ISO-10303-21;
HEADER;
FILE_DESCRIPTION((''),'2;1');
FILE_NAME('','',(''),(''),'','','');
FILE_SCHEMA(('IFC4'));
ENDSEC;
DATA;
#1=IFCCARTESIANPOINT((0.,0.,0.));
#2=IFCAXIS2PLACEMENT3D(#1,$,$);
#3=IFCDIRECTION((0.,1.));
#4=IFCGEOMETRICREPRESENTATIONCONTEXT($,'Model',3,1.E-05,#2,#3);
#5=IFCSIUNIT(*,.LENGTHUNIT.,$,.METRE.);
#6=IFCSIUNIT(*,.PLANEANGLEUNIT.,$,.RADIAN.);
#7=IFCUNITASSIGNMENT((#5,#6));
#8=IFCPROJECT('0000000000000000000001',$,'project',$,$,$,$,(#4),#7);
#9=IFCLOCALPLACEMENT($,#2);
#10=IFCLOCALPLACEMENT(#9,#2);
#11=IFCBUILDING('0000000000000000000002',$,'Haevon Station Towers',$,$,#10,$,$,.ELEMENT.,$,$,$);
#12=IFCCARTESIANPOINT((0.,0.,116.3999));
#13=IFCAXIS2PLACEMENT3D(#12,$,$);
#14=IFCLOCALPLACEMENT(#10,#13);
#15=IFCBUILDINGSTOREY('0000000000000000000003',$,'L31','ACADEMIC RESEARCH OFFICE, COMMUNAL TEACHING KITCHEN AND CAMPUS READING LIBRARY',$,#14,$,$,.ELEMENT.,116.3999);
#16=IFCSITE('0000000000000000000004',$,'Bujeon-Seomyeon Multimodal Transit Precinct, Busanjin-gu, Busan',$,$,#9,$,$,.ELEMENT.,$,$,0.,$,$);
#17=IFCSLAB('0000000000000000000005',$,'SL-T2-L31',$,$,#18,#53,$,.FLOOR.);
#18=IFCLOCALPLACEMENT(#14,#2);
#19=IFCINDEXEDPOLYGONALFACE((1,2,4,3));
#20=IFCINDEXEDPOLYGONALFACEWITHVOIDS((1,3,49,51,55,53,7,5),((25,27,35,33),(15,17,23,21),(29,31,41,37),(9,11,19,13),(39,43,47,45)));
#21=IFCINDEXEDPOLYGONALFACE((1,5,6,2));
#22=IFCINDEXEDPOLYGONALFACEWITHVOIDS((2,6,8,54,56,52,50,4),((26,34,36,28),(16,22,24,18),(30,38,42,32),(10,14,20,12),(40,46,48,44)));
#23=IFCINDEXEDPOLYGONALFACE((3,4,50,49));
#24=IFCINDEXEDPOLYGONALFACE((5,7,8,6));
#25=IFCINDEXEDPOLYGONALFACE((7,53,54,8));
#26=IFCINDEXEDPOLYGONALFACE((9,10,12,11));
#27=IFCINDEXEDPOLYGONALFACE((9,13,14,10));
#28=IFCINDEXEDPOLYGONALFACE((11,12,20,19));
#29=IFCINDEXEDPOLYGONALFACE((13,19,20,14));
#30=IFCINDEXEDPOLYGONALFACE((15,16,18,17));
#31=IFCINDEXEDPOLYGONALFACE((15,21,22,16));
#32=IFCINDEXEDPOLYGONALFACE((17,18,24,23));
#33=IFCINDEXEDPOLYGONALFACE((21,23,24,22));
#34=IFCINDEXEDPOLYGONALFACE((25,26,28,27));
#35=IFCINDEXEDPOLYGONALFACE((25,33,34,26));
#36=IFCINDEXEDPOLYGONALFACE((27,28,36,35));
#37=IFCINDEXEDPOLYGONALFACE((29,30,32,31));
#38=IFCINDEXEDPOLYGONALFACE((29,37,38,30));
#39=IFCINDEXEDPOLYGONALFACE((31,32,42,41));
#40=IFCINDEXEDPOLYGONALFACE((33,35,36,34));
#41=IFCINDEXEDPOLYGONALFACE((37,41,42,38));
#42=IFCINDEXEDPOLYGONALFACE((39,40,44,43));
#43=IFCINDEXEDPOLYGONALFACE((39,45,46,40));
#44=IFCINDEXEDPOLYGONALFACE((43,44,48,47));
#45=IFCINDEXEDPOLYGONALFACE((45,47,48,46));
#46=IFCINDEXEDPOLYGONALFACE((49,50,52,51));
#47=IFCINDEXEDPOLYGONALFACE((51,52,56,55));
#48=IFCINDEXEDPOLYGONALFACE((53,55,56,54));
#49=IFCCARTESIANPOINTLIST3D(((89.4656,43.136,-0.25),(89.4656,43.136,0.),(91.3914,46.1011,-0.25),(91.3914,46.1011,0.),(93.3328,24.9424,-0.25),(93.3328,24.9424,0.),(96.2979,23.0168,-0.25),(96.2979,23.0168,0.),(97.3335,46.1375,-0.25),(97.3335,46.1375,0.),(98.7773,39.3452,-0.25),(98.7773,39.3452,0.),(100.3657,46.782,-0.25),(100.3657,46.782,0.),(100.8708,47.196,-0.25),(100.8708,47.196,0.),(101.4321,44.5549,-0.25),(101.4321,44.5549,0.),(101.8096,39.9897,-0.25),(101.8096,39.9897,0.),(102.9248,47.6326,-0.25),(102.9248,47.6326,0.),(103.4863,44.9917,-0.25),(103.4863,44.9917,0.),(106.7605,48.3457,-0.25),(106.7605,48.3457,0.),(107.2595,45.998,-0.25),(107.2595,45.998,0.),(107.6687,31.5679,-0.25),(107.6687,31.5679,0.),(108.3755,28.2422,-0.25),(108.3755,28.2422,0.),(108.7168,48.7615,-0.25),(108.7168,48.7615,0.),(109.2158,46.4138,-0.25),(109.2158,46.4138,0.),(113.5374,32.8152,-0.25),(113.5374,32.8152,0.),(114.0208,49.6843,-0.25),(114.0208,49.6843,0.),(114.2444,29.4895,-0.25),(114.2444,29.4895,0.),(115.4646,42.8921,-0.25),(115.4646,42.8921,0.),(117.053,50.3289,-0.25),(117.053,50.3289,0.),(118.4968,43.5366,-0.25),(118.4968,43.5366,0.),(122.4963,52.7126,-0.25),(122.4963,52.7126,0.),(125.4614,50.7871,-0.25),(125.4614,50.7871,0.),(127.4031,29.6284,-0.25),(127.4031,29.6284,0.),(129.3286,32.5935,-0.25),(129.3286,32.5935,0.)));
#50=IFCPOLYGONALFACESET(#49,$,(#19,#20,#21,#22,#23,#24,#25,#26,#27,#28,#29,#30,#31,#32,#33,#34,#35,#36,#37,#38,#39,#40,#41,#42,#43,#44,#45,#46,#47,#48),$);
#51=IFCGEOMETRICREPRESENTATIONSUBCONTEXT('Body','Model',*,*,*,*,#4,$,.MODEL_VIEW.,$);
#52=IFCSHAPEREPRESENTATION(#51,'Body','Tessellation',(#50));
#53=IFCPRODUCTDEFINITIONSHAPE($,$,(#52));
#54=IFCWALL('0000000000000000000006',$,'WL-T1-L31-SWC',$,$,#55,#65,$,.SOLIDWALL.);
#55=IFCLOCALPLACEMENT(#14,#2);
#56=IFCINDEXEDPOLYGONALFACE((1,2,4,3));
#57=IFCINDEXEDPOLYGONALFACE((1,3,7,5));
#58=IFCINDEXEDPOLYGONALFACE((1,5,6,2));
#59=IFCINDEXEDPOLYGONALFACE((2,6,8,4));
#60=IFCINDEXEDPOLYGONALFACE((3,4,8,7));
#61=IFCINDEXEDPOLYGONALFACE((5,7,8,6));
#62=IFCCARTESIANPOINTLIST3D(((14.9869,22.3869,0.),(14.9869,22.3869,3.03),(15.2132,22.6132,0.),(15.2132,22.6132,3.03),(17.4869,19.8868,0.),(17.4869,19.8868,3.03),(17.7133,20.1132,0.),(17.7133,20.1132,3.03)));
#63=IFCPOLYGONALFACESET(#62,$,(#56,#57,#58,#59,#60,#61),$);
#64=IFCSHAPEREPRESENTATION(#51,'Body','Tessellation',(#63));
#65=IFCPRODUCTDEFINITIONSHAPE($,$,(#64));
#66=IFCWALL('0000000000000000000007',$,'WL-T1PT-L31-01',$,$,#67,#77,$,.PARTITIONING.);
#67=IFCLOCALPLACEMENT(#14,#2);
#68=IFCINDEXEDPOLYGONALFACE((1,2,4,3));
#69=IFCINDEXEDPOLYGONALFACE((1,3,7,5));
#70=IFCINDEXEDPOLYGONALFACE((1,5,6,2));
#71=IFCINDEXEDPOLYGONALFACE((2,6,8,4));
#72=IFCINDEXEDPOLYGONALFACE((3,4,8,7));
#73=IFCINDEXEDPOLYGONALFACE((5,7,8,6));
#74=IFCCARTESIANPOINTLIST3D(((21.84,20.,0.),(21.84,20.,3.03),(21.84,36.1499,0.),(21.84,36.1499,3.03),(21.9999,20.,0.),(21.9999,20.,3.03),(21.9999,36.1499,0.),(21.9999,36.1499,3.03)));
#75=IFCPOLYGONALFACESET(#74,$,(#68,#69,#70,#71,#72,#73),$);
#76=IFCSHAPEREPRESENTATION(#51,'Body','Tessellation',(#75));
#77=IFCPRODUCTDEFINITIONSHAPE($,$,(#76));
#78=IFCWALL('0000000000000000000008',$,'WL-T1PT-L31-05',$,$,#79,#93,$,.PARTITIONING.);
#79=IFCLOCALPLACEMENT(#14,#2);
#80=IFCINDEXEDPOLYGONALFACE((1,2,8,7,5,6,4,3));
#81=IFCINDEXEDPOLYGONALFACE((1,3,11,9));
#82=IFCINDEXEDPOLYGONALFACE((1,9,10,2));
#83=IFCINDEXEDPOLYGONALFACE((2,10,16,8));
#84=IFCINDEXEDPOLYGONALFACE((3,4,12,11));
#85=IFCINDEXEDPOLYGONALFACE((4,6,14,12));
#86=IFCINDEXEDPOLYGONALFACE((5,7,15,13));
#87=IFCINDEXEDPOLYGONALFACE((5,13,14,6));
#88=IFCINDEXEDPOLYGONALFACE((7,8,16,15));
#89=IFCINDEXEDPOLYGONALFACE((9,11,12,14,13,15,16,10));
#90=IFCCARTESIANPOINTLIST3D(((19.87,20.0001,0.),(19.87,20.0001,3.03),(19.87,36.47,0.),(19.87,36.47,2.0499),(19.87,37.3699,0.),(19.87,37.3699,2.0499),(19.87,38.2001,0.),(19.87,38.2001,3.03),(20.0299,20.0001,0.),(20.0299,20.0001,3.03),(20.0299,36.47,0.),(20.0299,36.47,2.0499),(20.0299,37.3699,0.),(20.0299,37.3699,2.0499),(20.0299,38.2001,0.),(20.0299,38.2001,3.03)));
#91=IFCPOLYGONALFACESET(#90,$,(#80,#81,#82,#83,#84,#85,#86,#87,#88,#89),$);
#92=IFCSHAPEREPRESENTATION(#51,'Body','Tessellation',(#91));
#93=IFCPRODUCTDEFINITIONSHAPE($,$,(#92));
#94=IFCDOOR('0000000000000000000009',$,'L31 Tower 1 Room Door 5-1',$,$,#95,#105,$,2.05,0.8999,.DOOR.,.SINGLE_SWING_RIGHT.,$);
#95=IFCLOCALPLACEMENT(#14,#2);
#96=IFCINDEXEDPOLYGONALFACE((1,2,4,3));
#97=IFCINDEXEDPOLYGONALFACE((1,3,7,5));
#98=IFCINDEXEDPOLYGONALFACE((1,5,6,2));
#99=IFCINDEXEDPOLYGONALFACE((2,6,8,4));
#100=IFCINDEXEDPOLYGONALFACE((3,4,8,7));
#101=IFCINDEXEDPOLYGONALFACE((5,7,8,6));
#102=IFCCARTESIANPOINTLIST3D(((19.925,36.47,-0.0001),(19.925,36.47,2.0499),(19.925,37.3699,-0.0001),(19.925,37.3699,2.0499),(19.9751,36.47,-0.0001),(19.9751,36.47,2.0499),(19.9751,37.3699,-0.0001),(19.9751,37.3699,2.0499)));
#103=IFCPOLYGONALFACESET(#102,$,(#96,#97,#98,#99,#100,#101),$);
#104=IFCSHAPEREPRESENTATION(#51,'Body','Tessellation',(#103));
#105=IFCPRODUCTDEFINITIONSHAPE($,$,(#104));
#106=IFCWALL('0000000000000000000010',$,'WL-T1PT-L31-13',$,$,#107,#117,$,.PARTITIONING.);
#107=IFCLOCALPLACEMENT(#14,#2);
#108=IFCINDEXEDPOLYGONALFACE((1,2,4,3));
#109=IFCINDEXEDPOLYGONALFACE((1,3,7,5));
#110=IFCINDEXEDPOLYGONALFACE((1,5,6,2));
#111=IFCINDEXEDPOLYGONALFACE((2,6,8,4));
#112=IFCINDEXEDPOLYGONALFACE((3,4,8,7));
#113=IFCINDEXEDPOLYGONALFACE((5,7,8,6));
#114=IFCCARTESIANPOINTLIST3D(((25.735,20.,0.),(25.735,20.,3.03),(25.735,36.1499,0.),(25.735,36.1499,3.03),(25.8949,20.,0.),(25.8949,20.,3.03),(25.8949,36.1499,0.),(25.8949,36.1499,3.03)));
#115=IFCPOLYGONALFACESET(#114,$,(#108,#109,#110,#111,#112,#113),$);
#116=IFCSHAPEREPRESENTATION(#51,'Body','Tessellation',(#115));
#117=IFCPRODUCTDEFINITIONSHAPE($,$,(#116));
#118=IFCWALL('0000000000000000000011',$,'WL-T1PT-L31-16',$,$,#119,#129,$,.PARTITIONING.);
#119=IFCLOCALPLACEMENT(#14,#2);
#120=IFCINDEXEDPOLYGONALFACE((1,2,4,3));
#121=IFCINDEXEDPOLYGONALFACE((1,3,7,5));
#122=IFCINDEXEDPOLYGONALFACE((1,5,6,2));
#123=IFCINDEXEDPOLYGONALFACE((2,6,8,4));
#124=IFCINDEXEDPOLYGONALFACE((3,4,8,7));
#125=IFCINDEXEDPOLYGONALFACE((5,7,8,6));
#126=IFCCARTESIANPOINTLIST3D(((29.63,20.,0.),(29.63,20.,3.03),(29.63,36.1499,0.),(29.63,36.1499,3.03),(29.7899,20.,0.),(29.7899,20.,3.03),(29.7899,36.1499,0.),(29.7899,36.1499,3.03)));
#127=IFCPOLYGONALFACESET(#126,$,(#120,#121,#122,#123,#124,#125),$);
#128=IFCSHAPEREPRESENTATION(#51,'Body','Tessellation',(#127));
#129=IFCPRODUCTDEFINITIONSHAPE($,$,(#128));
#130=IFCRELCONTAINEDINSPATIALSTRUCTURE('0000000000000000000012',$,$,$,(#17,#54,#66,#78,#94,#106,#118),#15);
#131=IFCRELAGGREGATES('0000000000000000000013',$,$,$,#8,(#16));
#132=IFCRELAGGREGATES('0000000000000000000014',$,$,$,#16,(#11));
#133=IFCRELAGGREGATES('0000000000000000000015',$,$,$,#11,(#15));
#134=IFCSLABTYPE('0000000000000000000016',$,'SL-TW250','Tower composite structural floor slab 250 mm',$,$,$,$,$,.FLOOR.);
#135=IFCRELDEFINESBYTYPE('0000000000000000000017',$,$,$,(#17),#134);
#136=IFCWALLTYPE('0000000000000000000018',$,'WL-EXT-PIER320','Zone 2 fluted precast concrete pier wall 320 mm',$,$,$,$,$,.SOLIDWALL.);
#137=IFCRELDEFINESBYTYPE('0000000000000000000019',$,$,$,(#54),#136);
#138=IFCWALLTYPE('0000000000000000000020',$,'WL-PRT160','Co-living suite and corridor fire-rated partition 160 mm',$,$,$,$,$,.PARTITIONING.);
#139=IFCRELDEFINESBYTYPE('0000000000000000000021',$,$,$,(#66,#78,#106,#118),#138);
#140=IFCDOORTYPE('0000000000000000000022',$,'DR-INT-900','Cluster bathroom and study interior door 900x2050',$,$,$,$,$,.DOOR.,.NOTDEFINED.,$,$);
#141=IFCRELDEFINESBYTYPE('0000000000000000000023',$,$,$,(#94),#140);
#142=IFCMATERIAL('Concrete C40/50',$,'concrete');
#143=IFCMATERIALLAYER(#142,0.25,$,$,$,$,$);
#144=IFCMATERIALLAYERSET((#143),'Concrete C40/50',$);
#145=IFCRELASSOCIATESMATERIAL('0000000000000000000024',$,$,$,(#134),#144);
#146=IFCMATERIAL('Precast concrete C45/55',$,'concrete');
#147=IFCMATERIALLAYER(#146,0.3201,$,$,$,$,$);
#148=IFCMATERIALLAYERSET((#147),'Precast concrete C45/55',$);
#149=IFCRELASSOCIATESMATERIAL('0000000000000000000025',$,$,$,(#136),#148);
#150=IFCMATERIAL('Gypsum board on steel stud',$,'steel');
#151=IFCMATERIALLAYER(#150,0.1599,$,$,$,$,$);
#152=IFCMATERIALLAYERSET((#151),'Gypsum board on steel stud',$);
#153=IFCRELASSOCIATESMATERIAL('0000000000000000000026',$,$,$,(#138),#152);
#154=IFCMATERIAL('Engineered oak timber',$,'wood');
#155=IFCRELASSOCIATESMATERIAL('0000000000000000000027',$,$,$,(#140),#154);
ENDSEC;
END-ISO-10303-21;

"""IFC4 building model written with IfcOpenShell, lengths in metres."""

from ifc_helpers import new_model, si_unit, direction, frame, frame_2d, origin, place, context, subcontext, project, spatial, polyline, rectangle, outline, extrude, material, layer, layer_set, type_object, element, fill, save


model = new_model("IFC4")

# Units and contexts
model_context = context("Model", 3, precision=1e-05, world=origin(), true_north=direction((0.0, 1.0)))
body_context = subcontext(model_context, "Body", "Model", "MODEL_VIEW")
ifc_project = project(units=[si_unit("LENGTHUNIT", "METRE"), si_unit("PLANEANGLEUNIT", "RADIAN")], contexts=[model_context])

# Site, building, storey
site_placement = place(None, origin())
site = spatial("IfcSite", under=ifc_project, at=site_placement, Name="Bujeon-Seomyeon Multimodal Transit Precinct, Busanjin-gu, Busan", CompositionType="ELEMENT", RefElevation=0.0)
building_placement = place(site_placement, origin())
building = spatial("IfcBuilding", under=site, at=building_placement, Name="Haevon Station Towers", CompositionType="ELEMENT")
storey_placement = place(building_placement, frame((0.0, 0.0, 116.3999)))
storey = spatial("IfcBuildingStorey", under=building, at=storey_placement, Name="L31", Description="ACADEMIC RESEARCH OFFICE, COMMUNAL TEACHING KITCHEN AND CAMPUS READING LIBRARY", CompositionType="ELEMENT", Elevation=116.3999)

# Shared definitions
ifc_material_1 = material(Name="Concrete C40/50", Category="concrete")

# Slab
ifc_layer_1 = layer(ifc_material_1, 0.25)
ifc_layer_set_1 = layer_set([ifc_layer_1], Name="Concrete C40/50")
slab_type_1 = type_object("IfcSlabType", Name="SL-TW250", Description="Tower composite structural floor slab 250 mm", PredefinedType="FLOOR", material=ifc_layer_set_1)
slab_1_placement = place(storey_placement, frame((0.0, 0.0, -0.25)))
element("IfcSlab", 1, at=slab_1_placement, inside=storey, type_object=slab_type_1, Name="SL-T2-L31", PredefinedType="FLOOR", context=body_context, shape_type="SweptSolid", body=[
    extrude(outline(polyline([(96.2979, 23.0168), (127.4031, 29.6284), (129.3286, 32.5935), (125.4614, 50.7871), (122.4963, 52.7126), (91.3914, 46.1011), (89.4656, 43.136), (93.3328, 24.9424), (96.2979, 23.0168)]), holes=[polyline([(101.8096, 39.9897), (100.3657, 46.782), (97.3335, 46.1375), (98.7773, 39.3452), (101.8096, 39.9897)]), polyline([(118.4968, 43.5366), (117.053, 50.3289), (114.0208, 49.6843), (115.4646, 42.8921), (118.4968, 43.5366)]), polyline([(101.4321, 44.5549), (103.4863, 44.9917), (102.9248, 47.6326), (100.8708, 47.196), (101.4321, 44.5549)]), polyline([(107.2595, 45.998), (109.2158, 46.4138), (108.7168, 48.7615), (106.7605, 48.3457), (107.2595, 45.998)]), polyline([(108.3755, 28.2422), (114.2444, 29.4895), (113.5374, 32.8152), (107.6687, 31.5679), (108.3755, 28.2422)])]), origin(), (0.0, 0.0, 1.0), 0.25),
])

# Walls
ifc_material_2 = material(Name="Precast concrete C45/55", Category="concrete")
ifc_layer_2 = layer(ifc_material_2, 0.3201)
ifc_layer_set_2 = layer_set([ifc_layer_2], Name="Precast concrete C45/55")
wall_type_1 = type_object("IfcWallType", Name="WL-EXT-PIER320", Description="Zone 2 fluted precast concrete pier wall 320 mm", PredefinedType="SOLIDWALL", material=ifc_layer_set_2)
wall_1_placement = place(storey_placement, frame((17.6001, 20.0, 0.0), z_axis=(0.0, 0.0, 1.0), x_axis=(-0.707107, 0.707107, 0.0)))
element("IfcWall", 2, at=wall_1_placement, inside=storey, type_object=wall_type_1, Name="WL-T1-L31-SWC", PredefinedType="SOLIDWALL", context=body_context, shape_type="SweptSolid", body=[
    extrude(rectangle(XDim=3.5356, YDim=0.3201, at=frame_2d((1.7678, 0.0))), origin(), (0.0, 0.0, 1.0), 3.03),
])
ifc_material_3 = material(Name="Gypsum board on steel stud", Category="steel")
ifc_layer_3 = layer(ifc_material_3, 0.1599)
ifc_layer_set_3 = layer_set([ifc_layer_3], Name="Gypsum board on steel stud")
wall_type_2 = type_object("IfcWallType", Name="WL-PRT160", Description="Co-living suite and corridor fire-rated partition 160 mm", PredefinedType="PARTITIONING", material=ifc_layer_set_3)
wall_2_placement = place(storey_placement, frame((21.9199, 20.0, 0.0), z_axis=(0.0, 0.0, 1.0), x_axis=(0.0, 1.0, 0.0)))
element("IfcWall", 3, at=wall_2_placement, inside=storey, type_object=wall_type_2, Name="WL-T1PT-L31-01", PredefinedType="PARTITIONING", context=body_context, shape_type="SweptSolid", body=[
    extrude(rectangle(XDim=16.1499, YDim=0.1599, at=frame_2d((8.075, 0.0))), origin(), (0.0, 0.0, 1.0), 3.03),
])

# Wall, opening, door
wall_3_placement = place(storey_placement, frame((19.95, 20.0, 0.0), z_axis=(0.0, 0.0, 1.0), x_axis=(0.0, 1.0, 0.0)))
wall_3 = element("IfcWall", 4, at=wall_3_placement, inside=storey, type_object=wall_type_2, Name="WL-T1PT-L31-05", PredefinedType="PARTITIONING", context=body_context, shape_type="SweptSolid", body=[
    extrude(rectangle(XDim=18.2, YDim=0.1599, at=frame_2d((9.1001, 0.0))), origin(), (0.0, 0.0, 1.0), 3.03),
])
opening_placement = place(wall_3_placement, frame((16.47, 0.0, 0.0)))
opening = element("IfcOpeningElement", 5, at=opening_placement, cuts=wall_3, PredefinedType="OPENING", context=body_context, shape_type="SweptSolid", body=[
    extrude(rectangle(XDim=0.8999, YDim=2.05, at=frame_2d((0.45, 1.0249))), frame((0.0, 0.0898, 0.0), z_axis=(0.0, -1.0, 0.0), x_axis=(1.0, 0.0, 0.0)), (0.0, 0.0, 1.0), 0.1799),
])
ifc_material_4 = material(Name="Engineered oak timber", Category="wood")
door_type = type_object("IfcDoorType", Name="DR-INT-900", Description="Cluster bathroom and study interior door 900x2050", OperationType="NOTDEFINED", PredefinedType="DOOR", material=ifc_material_4)
door_placement = place(opening_placement, origin())
door = element("IfcDoor", 6, at=door_placement, inside=storey, type_object=door_type, Name="L31 Tower 1 Room Door 5-1", OperationType="SINGLE_SWING_RIGHT", OverallHeight=2.05, OverallWidth=0.8999, PredefinedType="DOOR", context=body_context, shape_type="SweptSolid", body=[
    extrude(rectangle(XDim=0.8999, YDim=2.05, at=frame_2d((0.45, 1.0249))), frame((0.0, 0.0249, 0.0), z_axis=(0.0, -1.0, 0.0), x_axis=(1.0, 0.0, 0.0)), (0.0, 0.0, 1.0), 0.05),
])
fill(opening, door)

# Walls
for number, where, z_axis, x_axis, name in (
    (7, (25.8149, 20.0, 0.0), (0.0, 0.0, 1.0), (0.0, 1.0, 0.0), "WL-T1PT-L31-13"),
    (8, (29.71, 20.0, 0.0), (0.0, 0.0, 1.0), (0.0, 1.0, 0.0), "WL-T1PT-L31-16"),
):
    element("IfcWall", number, at=place(storey_placement, frame(where, z_axis=z_axis, x_axis=x_axis)), inside=storey, type_object=wall_type_2, Name=name, PredefinedType="PARTITIONING", context=body_context, shape_type="SweptSolid", body=[
        extrude(rectangle(XDim=16.1499, YDim=0.1599, at=frame_2d((8.075, 0.0))), origin(), (0.0, 0.0, 1.0), 3.03),
    ])

save(model, "model.ifc")
